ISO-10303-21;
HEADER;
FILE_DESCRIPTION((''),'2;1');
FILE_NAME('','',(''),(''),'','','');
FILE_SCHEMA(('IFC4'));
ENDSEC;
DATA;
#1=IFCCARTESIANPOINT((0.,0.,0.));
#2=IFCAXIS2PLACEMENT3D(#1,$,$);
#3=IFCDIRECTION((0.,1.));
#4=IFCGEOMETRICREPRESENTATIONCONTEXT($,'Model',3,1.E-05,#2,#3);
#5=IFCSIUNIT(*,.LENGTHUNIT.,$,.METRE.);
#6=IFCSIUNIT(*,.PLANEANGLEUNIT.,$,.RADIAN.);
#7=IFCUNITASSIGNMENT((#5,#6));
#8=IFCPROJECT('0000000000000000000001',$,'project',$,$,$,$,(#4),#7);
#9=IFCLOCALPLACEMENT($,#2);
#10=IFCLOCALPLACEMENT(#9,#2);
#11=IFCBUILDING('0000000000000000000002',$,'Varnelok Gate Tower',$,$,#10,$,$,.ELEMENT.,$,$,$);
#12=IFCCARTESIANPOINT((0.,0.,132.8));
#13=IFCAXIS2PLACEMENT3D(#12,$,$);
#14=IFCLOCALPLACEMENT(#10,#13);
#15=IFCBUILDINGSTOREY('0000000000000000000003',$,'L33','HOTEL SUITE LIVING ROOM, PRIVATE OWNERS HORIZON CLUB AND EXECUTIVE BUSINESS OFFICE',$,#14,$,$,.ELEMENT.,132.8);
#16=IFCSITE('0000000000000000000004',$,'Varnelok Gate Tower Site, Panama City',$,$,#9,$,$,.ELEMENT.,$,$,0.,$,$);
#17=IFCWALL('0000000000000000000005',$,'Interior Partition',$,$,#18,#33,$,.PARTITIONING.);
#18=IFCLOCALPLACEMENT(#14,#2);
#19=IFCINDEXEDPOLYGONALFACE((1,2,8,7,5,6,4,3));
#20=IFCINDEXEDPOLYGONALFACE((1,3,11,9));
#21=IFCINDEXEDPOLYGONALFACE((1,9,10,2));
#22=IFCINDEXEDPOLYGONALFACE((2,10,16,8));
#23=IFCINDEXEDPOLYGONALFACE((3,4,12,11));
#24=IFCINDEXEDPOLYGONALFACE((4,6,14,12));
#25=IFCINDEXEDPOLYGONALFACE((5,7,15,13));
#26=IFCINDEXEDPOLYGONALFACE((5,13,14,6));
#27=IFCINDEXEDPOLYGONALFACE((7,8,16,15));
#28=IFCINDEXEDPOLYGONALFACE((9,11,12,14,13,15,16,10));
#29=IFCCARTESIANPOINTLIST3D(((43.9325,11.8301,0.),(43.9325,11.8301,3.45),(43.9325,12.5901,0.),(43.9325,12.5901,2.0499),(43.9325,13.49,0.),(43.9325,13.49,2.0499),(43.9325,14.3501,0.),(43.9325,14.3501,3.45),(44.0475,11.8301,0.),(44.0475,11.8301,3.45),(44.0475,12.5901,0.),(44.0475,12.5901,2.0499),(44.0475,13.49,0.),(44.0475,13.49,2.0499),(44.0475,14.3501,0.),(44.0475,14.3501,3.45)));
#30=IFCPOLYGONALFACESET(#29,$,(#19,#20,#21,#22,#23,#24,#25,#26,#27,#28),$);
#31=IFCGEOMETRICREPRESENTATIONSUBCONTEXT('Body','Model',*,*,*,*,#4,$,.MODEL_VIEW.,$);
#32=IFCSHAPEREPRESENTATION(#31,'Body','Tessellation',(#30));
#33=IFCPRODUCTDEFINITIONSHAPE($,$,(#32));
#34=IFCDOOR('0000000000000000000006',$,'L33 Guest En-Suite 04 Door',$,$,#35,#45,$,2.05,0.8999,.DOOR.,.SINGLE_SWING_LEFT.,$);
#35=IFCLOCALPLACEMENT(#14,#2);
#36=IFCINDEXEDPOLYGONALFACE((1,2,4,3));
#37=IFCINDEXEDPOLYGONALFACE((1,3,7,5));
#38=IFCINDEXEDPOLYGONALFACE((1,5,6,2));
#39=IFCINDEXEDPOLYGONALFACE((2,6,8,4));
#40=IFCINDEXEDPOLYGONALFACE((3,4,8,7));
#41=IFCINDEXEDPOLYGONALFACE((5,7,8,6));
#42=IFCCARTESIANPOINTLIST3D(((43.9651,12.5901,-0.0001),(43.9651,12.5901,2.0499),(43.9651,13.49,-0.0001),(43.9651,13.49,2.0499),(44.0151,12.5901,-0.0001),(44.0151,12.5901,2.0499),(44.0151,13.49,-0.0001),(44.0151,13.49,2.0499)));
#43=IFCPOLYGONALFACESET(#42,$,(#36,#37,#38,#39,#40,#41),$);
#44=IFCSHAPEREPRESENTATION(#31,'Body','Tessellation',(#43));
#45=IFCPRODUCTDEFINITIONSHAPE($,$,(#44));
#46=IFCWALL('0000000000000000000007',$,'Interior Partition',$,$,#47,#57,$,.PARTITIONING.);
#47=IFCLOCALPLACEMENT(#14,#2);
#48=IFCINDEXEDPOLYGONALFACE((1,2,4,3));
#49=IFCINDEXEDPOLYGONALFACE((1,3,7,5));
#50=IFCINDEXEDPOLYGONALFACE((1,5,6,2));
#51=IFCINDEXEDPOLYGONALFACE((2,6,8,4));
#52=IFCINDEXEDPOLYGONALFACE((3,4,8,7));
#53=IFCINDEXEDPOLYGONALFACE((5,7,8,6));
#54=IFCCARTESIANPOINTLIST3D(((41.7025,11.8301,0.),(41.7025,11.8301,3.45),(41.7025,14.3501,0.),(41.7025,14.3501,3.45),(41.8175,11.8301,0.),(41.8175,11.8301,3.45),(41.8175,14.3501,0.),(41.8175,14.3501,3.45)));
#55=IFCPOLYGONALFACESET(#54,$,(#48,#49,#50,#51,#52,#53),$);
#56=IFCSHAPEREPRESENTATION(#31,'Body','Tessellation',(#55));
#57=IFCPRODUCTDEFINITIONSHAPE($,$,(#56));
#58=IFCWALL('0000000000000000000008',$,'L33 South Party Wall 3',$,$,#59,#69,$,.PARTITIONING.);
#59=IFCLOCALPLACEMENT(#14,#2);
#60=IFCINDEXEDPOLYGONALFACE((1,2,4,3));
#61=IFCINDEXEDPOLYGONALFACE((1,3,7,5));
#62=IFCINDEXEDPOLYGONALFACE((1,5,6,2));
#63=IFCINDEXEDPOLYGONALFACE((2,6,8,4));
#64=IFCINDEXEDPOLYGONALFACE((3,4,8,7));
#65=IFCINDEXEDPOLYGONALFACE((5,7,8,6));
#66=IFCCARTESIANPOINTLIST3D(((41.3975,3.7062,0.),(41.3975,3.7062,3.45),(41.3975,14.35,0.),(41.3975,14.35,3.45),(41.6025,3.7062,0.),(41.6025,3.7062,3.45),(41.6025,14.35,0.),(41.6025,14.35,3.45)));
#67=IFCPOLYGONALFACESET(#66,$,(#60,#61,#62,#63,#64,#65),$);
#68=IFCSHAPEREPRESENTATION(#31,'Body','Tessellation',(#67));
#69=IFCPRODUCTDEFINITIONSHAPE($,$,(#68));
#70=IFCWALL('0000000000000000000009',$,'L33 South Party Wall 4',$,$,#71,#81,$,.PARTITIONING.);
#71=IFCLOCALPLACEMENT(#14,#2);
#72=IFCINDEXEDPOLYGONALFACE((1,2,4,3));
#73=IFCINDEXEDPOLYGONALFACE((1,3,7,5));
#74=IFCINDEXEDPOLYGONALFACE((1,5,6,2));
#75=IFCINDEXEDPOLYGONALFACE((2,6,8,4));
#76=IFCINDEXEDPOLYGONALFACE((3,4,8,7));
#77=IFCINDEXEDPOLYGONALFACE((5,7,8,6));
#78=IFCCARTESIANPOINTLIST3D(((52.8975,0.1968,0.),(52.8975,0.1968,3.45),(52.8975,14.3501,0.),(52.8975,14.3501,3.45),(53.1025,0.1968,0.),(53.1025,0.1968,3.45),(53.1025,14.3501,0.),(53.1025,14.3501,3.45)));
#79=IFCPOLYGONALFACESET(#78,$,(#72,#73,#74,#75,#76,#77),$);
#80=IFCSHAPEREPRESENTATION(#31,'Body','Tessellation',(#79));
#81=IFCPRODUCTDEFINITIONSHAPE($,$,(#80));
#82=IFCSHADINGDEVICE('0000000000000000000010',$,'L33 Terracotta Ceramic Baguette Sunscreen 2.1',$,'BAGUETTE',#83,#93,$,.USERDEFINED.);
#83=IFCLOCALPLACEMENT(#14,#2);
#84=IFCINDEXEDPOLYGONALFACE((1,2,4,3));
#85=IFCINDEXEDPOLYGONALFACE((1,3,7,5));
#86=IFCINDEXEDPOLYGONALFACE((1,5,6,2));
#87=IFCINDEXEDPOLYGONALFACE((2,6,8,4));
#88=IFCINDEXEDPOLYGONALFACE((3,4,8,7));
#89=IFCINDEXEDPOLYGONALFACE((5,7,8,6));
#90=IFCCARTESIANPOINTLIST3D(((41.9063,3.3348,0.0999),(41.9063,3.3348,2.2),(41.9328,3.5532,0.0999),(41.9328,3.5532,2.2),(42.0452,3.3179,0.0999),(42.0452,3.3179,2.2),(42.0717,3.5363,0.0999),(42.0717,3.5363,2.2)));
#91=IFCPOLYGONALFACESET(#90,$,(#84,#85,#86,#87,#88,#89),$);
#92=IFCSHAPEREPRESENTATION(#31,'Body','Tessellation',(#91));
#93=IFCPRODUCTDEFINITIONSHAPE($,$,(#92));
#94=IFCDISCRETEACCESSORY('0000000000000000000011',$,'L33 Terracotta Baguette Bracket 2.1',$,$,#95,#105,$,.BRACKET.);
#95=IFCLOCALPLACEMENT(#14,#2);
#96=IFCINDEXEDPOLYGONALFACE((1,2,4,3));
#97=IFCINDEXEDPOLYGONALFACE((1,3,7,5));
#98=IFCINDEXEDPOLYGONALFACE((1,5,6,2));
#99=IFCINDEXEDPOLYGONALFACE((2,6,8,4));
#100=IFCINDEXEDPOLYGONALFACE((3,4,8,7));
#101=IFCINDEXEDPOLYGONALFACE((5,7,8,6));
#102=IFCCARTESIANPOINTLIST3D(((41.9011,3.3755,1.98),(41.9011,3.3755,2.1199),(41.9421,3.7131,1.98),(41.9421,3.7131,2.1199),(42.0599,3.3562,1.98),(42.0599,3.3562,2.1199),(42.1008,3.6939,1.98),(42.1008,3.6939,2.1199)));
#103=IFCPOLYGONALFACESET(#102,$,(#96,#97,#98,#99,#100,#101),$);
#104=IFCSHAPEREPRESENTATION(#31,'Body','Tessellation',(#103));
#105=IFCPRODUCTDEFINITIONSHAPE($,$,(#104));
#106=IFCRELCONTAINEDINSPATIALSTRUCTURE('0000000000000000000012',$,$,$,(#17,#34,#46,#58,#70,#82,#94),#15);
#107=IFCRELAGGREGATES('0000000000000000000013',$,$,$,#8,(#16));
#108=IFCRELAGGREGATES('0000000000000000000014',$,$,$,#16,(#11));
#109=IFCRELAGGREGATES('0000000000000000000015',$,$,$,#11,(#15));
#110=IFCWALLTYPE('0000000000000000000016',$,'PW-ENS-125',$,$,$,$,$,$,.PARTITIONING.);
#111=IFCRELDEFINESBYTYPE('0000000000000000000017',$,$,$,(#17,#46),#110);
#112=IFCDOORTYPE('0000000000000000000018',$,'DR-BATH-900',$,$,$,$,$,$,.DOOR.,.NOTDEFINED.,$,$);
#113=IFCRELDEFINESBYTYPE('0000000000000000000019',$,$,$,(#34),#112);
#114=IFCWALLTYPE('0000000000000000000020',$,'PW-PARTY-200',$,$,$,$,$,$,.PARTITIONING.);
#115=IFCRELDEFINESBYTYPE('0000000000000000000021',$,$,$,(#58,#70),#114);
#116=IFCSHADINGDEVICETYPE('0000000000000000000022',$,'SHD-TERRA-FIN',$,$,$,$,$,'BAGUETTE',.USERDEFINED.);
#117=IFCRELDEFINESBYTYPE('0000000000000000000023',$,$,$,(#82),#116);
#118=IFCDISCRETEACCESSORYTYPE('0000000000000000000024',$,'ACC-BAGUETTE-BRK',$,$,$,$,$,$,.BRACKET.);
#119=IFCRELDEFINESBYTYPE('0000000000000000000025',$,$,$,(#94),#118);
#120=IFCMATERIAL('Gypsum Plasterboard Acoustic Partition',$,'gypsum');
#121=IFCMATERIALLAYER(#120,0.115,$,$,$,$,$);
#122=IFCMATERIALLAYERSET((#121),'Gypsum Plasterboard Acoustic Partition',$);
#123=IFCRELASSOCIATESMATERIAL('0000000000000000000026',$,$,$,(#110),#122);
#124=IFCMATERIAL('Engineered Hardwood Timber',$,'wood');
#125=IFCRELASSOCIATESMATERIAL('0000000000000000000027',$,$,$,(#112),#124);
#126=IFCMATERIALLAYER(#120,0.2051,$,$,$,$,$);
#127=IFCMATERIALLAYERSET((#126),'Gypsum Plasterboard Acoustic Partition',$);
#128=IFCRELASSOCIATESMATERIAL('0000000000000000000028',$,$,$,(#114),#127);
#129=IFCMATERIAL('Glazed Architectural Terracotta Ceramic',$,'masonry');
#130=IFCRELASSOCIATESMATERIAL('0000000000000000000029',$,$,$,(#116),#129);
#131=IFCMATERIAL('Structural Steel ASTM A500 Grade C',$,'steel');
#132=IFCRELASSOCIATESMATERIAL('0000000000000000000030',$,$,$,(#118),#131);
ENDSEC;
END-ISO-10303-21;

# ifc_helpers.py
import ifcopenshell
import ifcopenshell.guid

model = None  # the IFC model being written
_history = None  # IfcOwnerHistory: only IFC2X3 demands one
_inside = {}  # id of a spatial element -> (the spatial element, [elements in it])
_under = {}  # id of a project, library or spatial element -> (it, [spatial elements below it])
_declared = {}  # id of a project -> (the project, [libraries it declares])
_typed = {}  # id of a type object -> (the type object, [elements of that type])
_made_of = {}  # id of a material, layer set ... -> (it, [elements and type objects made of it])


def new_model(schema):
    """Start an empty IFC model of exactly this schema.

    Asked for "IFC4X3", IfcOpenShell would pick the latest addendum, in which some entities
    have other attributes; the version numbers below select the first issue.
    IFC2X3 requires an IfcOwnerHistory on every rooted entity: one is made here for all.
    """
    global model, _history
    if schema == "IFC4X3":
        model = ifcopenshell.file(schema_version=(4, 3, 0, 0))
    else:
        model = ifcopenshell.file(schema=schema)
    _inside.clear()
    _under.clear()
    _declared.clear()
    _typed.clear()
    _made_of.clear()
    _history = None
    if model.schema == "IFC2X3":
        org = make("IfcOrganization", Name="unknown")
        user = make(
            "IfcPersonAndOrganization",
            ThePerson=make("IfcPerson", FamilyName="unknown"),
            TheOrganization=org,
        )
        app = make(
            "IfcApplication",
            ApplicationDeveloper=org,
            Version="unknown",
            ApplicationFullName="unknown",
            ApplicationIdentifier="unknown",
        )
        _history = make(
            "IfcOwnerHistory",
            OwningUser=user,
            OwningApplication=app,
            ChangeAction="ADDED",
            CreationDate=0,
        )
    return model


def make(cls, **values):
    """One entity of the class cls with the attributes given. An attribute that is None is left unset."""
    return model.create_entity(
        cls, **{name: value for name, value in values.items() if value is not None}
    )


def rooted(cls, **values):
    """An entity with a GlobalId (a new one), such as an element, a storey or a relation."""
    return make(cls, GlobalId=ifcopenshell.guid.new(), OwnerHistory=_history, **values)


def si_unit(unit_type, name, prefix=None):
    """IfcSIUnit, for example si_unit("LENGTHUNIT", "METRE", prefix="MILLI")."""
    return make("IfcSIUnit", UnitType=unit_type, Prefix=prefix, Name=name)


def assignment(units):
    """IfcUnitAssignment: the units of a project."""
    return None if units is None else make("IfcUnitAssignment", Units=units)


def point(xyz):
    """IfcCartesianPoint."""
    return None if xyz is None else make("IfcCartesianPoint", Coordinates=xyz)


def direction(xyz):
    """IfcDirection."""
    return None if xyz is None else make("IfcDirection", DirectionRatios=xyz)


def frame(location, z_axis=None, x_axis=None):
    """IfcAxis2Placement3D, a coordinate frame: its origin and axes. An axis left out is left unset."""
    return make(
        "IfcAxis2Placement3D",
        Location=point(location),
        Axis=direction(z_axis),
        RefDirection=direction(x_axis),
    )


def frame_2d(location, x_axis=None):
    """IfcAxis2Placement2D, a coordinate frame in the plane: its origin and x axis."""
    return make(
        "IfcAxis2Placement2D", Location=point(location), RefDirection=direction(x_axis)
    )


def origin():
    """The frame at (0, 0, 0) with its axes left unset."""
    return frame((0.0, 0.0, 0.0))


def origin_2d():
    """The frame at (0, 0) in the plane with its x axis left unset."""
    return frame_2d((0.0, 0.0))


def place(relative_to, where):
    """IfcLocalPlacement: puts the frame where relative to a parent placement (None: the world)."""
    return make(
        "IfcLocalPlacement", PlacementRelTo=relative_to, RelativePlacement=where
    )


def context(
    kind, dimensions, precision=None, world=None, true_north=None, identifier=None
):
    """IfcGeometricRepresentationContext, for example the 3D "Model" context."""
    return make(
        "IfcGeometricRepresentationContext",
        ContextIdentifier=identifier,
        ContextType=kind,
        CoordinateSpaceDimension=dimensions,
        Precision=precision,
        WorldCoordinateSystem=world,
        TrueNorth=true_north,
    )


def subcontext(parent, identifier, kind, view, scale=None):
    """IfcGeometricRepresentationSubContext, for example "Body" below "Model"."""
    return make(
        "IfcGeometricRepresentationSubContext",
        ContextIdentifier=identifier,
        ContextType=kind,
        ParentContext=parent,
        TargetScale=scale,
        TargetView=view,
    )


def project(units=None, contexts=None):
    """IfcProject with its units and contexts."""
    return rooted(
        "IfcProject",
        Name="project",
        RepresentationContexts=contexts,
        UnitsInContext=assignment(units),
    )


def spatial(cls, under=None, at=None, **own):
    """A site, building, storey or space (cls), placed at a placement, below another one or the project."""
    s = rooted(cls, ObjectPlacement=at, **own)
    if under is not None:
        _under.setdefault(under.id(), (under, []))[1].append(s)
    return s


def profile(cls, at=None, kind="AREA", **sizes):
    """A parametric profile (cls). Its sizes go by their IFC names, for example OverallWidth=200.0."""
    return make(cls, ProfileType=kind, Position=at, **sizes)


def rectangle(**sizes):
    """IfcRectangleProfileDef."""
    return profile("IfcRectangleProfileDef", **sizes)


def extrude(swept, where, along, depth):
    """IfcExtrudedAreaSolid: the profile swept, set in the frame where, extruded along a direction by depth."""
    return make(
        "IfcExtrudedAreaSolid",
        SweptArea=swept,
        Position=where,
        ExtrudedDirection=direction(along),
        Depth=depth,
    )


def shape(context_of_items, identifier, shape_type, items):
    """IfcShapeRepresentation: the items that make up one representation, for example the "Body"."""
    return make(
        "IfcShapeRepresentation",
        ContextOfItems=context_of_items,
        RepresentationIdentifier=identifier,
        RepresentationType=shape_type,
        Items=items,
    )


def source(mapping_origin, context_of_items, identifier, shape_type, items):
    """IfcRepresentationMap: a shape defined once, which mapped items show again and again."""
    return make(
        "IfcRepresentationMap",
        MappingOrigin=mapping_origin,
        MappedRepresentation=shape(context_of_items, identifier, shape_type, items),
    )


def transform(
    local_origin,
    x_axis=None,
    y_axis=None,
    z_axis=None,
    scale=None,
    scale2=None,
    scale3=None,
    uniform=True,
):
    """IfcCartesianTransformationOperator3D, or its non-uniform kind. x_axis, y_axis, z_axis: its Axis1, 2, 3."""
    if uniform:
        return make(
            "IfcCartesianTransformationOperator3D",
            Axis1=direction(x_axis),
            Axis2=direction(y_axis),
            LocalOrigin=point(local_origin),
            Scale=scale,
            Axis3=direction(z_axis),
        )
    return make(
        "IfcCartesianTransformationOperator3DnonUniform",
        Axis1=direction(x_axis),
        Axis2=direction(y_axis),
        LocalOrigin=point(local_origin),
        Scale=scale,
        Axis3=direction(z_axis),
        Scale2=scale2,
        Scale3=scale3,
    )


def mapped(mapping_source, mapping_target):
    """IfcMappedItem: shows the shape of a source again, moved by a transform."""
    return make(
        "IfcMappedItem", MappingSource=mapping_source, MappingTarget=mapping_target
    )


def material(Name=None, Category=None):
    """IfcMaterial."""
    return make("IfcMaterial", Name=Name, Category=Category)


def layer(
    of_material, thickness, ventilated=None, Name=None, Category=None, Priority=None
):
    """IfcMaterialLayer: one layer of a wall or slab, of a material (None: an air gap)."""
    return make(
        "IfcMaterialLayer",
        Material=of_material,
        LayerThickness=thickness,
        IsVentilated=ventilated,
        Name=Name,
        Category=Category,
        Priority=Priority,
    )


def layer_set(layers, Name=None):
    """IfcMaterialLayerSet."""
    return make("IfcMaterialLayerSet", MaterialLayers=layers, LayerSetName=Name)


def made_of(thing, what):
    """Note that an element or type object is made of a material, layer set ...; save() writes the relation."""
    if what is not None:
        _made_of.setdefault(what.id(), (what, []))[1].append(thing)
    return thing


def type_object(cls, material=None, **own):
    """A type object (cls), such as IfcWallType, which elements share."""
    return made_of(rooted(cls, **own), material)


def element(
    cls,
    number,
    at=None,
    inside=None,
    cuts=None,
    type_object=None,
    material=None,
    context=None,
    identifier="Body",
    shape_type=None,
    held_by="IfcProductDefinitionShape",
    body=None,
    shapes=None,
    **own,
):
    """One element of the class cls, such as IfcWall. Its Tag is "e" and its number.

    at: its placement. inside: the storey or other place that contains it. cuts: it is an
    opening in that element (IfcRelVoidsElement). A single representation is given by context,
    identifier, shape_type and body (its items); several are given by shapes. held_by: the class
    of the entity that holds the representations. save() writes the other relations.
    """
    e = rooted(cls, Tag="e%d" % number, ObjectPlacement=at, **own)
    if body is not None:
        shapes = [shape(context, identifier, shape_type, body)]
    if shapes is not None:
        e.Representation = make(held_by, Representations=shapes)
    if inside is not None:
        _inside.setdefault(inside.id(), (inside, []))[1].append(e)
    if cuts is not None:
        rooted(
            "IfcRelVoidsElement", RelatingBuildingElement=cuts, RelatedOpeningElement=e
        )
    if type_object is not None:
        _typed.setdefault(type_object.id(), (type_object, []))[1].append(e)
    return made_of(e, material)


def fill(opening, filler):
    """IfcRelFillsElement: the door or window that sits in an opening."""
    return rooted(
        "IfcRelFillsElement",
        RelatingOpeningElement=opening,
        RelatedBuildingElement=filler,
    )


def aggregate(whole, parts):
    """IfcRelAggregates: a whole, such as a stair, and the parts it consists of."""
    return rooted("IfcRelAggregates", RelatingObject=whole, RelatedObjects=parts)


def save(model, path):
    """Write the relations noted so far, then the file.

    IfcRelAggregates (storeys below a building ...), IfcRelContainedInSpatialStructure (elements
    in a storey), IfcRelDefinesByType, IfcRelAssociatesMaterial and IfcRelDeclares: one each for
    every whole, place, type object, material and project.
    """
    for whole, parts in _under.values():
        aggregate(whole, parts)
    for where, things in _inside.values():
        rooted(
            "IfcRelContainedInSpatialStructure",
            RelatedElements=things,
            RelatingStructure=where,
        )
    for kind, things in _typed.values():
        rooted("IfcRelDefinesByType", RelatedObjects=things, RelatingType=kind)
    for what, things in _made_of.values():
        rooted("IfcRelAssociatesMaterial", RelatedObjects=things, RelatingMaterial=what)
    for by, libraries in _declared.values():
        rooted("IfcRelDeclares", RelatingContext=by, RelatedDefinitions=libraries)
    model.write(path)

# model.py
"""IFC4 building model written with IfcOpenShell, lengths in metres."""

from ifc_helpers import new_model, si_unit, direction, frame, frame_2d, origin, origin_2d, place, context, subcontext, project, spatial, rectangle, extrude, source, transform, mapped, material, layer, layer_set, type_object, element, fill, save


model = new_model("IFC4")

# Units and contexts
model_context = context("Model", 3, precision=1e-05, world=origin(), true_north=direction((0.0, 1.0)))
body_context = subcontext(model_context, "Body", "Model", "MODEL_VIEW")
ifc_project = project(units=[si_unit("LENGTHUNIT", "METRE"), si_unit("PLANEANGLEUNIT", "RADIAN")], contexts=[model_context])

# Site, building, storey
site_placement = place(None, origin())
site = spatial("IfcSite", under=ifc_project, at=site_placement, Name="Varnelok Gate Tower Site, Panama City", CompositionType="ELEMENT", RefElevation=0.0)
building_placement = place(site_placement, origin())
building = spatial("IfcBuilding", under=site, at=building_placement, Name="Varnelok Gate Tower", CompositionType="ELEMENT")
storey_placement = place(building_placement, frame((0.0, 0.0, 132.8)))
storey = spatial("IfcBuildingStorey", under=building, at=storey_placement, Name="L33", Description="HOTEL SUITE LIVING ROOM, PRIVATE OWNERS HORIZON CLUB AND EXECUTIVE BUSINESS OFFICE", CompositionType="ELEMENT", Elevation=132.8)

# Shared definitions
ifc_material_1 = material(Name="Gypsum Plasterboard Acoustic Partition", Category="gypsum")
ifc_material_2 = material(Name="Engineered Hardwood Timber", Category="wood")

# Shared definitions
ifc_layer_1 = layer(ifc_material_1, 0.115)
ifc_layer_set_1 = layer_set([ifc_layer_1], Name="Gypsum Plasterboard Acoustic Partition")
wall_type_1 = type_object("IfcWallType", Name="PW-ENS-125", PredefinedType="PARTITIONING", material=ifc_layer_set_1)

# Shared definitions
door_type_1 = type_object("IfcDoorType", Name="DR-BATH-900", OperationType="NOTDEFINED", PredefinedType="DOOR", material=ifc_material_2)

# Wall, opening, door
wall_1_placement = place(storey_placement, frame((43.99, 11.8301, 0.0), z_axis=(0.0, 0.0, 1.0), x_axis=(0.0, 1.0, 0.0)))
wall_1 = element("IfcWall", 1, at=wall_1_placement, inside=storey, type_object=wall_type_1, Name="Interior Partition", PredefinedType="PARTITIONING", context=body_context, shape_type="SweptSolid", body=[
    extrude(rectangle(XDim=2.52, YDim=0.115, at=frame_2d((1.26, 0.0))), origin(), (0.0, 0.0, 1.0), 3.45),
])
opening_1_placement = place(wall_1_placement, frame((0.76, 0.0, 0.0)))
opening_1 = element("IfcOpeningElement", 2, at=opening_1_placement, cuts=wall_1, PredefinedType="OPENING", context=body_context, shape_type="SweptSolid", body=[
    extrude(rectangle(XDim=0.8999, YDim=2.05, at=frame_2d((0.45, 1.0249))), frame((0.0, 0.0674, 0.0), z_axis=(0.0, -1.0, 0.0), x_axis=(1.0, 0.0, 0.0)), (0.0, 0.0, 1.0), 0.135),
])
door_1_placement = place(opening_1_placement, origin())
door_1 = element("IfcDoor", 3, at=door_1_placement, inside=storey, type_object=door_type_1, Name="L33 Guest En-Suite 04 Door", OperationType="SINGLE_SWING_LEFT", OverallHeight=2.05, OverallWidth=0.8999, PredefinedType="DOOR", context=body_context, shape_type="SweptSolid", body=[
    extrude(rectangle(XDim=0.8999, YDim=2.05, at=frame_2d((0.45, 1.0249))), frame((0.0, 0.0249, 0.0), z_axis=(0.0, -1.0, 0.0), x_axis=(1.0, 0.0, 0.0)), (0.0, 0.0, 1.0), 0.05),
])
fill(opening_1, door_1)

# Walls
wall_2_placement = place(storey_placement, frame((41.76, 11.8301, 0.0), z_axis=(0.0, 0.0, 1.0), x_axis=(0.0, 1.0, 0.0)))
element("IfcWall", 4, at=wall_2_placement, inside=storey, type_object=wall_type_1, Name="Interior Partition", PredefinedType="PARTITIONING", context=body_context, shape_type="SweptSolid", body=[
    extrude(rectangle(XDim=2.52, YDim=0.115, at=frame_2d((1.26, 0.0))), origin(), (0.0, 0.0, 1.0), 3.45),
])
ifc_layer_2 = layer(ifc_material_1, 0.2051)
ifc_layer_set_2 = layer_set([ifc_layer_2], Name="Gypsum Plasterboard Acoustic Partition")
wall_type_2 = type_object("IfcWallType", Name="PW-PARTY-200", PredefinedType="PARTITIONING", material=ifc_layer_set_2)
wall_3_placement = place(storey_placement, frame((41.5, 3.7063, 0.0), z_axis=(0.0, 0.0, 1.0), x_axis=(0.0, 1.0, 0.0)))
element("IfcWall", 5, at=wall_3_placement, inside=storey, type_object=wall_type_2, Name="L33 South Party Wall 3", PredefinedType="PARTITIONING", context=body_context, shape_type="SweptSolid", body=[
    extrude(rectangle(XDim=10.6438, YDim=0.2051, at=frame_2d((5.3218, 0.0))), origin(), (0.0, 0.0, 1.0), 3.45),
])
wall_4_placement = place(storey_placement, frame((53.0, 0.1968, 0.0), z_axis=(0.0, 0.0, 1.0), x_axis=(0.0, 1.0, 0.0)))
element("IfcWall", 6, at=wall_4_placement, inside=storey, type_object=wall_type_2, Name="L33 South Party Wall 4", PredefinedType="PARTITIONING", context=body_context, shape_type="SweptSolid", body=[
    extrude(rectangle(XDim=14.1533, YDim=0.2051, at=frame_2d((7.0767, 0.0))), origin(), (0.0, 0.0, 1.0), 3.45),
])

# Shading device
ifc_material_3 = material(Name="Glazed Architectural Terracotta Ceramic", Category="masonry")
shading_device_type = type_object("IfcShadingDeviceType", Name="SHD-TERRA-FIN", ElementType="BAGUETTE", PredefinedType="USERDEFINED", material=ifc_material_3)
shared_shape_1 = source(origin(), body_context, "Body", "SweptSolid", [
    extrude(rectangle(XDim=0.1399, YDim=0.22, at=origin_2d()), origin(), (0.0, 0.0, 1.0), 2.1001),
])
shading_device_placement = place(storey_placement, frame((41.989, 3.4355, 0.0999), z_axis=(0.0, 0.0, 1.0), x_axis=(0.992732, -0.120345, 0.0)))
element("IfcShadingDevice", 7, at=shading_device_placement, inside=storey, type_object=shading_device_type, Name="L33 Terracotta Ceramic Baguette Sunscreen 2.1", ObjectType="BAGUETTE", PredefinedType="USERDEFINED", context=body_context, shape_type="MappedRepresentation", body=[
    mapped(shared_shape_1, transform((0.0, 0.0, 0.0), scale=1.0)),
])

# Discrete accessory
ifc_material_4 = material(Name="Structural Steel ASTM A500 Grade C", Category="steel")
discrete_accessory_type = type_object("IfcDiscreteAccessoryType", Name="ACC-BAGUETTE-BRK", PredefinedType="BRACKET", material=ifc_material_4)
shared_shape_2 = source(origin(), body_context, "Body", "SweptSolid", [
    extrude(rectangle(XDim=0.1599, YDim=0.3401, at=origin_2d()), origin(), (0.0, 0.0, 1.0), 0.1399),
])
discrete_accessory_placement = place(storey_placement, frame((42.001, 3.5347, 1.98), z_axis=(0.0, 0.0, 1.0), x_axis=(0.992732, -0.120345, 0.0)))
element("IfcDiscreteAccessory", 8, at=discrete_accessory_placement, inside=storey, type_object=discrete_accessory_type, Name="L33 Terracotta Baguette Bracket 2.1", PredefinedType="BRACKET", context=body_context, shape_type="MappedRepresentation", body=[
    mapped(shared_shape_2, transform((0.0, 0.0, 0.0), scale=1.0)),
])

save(model, "model.ifc")
